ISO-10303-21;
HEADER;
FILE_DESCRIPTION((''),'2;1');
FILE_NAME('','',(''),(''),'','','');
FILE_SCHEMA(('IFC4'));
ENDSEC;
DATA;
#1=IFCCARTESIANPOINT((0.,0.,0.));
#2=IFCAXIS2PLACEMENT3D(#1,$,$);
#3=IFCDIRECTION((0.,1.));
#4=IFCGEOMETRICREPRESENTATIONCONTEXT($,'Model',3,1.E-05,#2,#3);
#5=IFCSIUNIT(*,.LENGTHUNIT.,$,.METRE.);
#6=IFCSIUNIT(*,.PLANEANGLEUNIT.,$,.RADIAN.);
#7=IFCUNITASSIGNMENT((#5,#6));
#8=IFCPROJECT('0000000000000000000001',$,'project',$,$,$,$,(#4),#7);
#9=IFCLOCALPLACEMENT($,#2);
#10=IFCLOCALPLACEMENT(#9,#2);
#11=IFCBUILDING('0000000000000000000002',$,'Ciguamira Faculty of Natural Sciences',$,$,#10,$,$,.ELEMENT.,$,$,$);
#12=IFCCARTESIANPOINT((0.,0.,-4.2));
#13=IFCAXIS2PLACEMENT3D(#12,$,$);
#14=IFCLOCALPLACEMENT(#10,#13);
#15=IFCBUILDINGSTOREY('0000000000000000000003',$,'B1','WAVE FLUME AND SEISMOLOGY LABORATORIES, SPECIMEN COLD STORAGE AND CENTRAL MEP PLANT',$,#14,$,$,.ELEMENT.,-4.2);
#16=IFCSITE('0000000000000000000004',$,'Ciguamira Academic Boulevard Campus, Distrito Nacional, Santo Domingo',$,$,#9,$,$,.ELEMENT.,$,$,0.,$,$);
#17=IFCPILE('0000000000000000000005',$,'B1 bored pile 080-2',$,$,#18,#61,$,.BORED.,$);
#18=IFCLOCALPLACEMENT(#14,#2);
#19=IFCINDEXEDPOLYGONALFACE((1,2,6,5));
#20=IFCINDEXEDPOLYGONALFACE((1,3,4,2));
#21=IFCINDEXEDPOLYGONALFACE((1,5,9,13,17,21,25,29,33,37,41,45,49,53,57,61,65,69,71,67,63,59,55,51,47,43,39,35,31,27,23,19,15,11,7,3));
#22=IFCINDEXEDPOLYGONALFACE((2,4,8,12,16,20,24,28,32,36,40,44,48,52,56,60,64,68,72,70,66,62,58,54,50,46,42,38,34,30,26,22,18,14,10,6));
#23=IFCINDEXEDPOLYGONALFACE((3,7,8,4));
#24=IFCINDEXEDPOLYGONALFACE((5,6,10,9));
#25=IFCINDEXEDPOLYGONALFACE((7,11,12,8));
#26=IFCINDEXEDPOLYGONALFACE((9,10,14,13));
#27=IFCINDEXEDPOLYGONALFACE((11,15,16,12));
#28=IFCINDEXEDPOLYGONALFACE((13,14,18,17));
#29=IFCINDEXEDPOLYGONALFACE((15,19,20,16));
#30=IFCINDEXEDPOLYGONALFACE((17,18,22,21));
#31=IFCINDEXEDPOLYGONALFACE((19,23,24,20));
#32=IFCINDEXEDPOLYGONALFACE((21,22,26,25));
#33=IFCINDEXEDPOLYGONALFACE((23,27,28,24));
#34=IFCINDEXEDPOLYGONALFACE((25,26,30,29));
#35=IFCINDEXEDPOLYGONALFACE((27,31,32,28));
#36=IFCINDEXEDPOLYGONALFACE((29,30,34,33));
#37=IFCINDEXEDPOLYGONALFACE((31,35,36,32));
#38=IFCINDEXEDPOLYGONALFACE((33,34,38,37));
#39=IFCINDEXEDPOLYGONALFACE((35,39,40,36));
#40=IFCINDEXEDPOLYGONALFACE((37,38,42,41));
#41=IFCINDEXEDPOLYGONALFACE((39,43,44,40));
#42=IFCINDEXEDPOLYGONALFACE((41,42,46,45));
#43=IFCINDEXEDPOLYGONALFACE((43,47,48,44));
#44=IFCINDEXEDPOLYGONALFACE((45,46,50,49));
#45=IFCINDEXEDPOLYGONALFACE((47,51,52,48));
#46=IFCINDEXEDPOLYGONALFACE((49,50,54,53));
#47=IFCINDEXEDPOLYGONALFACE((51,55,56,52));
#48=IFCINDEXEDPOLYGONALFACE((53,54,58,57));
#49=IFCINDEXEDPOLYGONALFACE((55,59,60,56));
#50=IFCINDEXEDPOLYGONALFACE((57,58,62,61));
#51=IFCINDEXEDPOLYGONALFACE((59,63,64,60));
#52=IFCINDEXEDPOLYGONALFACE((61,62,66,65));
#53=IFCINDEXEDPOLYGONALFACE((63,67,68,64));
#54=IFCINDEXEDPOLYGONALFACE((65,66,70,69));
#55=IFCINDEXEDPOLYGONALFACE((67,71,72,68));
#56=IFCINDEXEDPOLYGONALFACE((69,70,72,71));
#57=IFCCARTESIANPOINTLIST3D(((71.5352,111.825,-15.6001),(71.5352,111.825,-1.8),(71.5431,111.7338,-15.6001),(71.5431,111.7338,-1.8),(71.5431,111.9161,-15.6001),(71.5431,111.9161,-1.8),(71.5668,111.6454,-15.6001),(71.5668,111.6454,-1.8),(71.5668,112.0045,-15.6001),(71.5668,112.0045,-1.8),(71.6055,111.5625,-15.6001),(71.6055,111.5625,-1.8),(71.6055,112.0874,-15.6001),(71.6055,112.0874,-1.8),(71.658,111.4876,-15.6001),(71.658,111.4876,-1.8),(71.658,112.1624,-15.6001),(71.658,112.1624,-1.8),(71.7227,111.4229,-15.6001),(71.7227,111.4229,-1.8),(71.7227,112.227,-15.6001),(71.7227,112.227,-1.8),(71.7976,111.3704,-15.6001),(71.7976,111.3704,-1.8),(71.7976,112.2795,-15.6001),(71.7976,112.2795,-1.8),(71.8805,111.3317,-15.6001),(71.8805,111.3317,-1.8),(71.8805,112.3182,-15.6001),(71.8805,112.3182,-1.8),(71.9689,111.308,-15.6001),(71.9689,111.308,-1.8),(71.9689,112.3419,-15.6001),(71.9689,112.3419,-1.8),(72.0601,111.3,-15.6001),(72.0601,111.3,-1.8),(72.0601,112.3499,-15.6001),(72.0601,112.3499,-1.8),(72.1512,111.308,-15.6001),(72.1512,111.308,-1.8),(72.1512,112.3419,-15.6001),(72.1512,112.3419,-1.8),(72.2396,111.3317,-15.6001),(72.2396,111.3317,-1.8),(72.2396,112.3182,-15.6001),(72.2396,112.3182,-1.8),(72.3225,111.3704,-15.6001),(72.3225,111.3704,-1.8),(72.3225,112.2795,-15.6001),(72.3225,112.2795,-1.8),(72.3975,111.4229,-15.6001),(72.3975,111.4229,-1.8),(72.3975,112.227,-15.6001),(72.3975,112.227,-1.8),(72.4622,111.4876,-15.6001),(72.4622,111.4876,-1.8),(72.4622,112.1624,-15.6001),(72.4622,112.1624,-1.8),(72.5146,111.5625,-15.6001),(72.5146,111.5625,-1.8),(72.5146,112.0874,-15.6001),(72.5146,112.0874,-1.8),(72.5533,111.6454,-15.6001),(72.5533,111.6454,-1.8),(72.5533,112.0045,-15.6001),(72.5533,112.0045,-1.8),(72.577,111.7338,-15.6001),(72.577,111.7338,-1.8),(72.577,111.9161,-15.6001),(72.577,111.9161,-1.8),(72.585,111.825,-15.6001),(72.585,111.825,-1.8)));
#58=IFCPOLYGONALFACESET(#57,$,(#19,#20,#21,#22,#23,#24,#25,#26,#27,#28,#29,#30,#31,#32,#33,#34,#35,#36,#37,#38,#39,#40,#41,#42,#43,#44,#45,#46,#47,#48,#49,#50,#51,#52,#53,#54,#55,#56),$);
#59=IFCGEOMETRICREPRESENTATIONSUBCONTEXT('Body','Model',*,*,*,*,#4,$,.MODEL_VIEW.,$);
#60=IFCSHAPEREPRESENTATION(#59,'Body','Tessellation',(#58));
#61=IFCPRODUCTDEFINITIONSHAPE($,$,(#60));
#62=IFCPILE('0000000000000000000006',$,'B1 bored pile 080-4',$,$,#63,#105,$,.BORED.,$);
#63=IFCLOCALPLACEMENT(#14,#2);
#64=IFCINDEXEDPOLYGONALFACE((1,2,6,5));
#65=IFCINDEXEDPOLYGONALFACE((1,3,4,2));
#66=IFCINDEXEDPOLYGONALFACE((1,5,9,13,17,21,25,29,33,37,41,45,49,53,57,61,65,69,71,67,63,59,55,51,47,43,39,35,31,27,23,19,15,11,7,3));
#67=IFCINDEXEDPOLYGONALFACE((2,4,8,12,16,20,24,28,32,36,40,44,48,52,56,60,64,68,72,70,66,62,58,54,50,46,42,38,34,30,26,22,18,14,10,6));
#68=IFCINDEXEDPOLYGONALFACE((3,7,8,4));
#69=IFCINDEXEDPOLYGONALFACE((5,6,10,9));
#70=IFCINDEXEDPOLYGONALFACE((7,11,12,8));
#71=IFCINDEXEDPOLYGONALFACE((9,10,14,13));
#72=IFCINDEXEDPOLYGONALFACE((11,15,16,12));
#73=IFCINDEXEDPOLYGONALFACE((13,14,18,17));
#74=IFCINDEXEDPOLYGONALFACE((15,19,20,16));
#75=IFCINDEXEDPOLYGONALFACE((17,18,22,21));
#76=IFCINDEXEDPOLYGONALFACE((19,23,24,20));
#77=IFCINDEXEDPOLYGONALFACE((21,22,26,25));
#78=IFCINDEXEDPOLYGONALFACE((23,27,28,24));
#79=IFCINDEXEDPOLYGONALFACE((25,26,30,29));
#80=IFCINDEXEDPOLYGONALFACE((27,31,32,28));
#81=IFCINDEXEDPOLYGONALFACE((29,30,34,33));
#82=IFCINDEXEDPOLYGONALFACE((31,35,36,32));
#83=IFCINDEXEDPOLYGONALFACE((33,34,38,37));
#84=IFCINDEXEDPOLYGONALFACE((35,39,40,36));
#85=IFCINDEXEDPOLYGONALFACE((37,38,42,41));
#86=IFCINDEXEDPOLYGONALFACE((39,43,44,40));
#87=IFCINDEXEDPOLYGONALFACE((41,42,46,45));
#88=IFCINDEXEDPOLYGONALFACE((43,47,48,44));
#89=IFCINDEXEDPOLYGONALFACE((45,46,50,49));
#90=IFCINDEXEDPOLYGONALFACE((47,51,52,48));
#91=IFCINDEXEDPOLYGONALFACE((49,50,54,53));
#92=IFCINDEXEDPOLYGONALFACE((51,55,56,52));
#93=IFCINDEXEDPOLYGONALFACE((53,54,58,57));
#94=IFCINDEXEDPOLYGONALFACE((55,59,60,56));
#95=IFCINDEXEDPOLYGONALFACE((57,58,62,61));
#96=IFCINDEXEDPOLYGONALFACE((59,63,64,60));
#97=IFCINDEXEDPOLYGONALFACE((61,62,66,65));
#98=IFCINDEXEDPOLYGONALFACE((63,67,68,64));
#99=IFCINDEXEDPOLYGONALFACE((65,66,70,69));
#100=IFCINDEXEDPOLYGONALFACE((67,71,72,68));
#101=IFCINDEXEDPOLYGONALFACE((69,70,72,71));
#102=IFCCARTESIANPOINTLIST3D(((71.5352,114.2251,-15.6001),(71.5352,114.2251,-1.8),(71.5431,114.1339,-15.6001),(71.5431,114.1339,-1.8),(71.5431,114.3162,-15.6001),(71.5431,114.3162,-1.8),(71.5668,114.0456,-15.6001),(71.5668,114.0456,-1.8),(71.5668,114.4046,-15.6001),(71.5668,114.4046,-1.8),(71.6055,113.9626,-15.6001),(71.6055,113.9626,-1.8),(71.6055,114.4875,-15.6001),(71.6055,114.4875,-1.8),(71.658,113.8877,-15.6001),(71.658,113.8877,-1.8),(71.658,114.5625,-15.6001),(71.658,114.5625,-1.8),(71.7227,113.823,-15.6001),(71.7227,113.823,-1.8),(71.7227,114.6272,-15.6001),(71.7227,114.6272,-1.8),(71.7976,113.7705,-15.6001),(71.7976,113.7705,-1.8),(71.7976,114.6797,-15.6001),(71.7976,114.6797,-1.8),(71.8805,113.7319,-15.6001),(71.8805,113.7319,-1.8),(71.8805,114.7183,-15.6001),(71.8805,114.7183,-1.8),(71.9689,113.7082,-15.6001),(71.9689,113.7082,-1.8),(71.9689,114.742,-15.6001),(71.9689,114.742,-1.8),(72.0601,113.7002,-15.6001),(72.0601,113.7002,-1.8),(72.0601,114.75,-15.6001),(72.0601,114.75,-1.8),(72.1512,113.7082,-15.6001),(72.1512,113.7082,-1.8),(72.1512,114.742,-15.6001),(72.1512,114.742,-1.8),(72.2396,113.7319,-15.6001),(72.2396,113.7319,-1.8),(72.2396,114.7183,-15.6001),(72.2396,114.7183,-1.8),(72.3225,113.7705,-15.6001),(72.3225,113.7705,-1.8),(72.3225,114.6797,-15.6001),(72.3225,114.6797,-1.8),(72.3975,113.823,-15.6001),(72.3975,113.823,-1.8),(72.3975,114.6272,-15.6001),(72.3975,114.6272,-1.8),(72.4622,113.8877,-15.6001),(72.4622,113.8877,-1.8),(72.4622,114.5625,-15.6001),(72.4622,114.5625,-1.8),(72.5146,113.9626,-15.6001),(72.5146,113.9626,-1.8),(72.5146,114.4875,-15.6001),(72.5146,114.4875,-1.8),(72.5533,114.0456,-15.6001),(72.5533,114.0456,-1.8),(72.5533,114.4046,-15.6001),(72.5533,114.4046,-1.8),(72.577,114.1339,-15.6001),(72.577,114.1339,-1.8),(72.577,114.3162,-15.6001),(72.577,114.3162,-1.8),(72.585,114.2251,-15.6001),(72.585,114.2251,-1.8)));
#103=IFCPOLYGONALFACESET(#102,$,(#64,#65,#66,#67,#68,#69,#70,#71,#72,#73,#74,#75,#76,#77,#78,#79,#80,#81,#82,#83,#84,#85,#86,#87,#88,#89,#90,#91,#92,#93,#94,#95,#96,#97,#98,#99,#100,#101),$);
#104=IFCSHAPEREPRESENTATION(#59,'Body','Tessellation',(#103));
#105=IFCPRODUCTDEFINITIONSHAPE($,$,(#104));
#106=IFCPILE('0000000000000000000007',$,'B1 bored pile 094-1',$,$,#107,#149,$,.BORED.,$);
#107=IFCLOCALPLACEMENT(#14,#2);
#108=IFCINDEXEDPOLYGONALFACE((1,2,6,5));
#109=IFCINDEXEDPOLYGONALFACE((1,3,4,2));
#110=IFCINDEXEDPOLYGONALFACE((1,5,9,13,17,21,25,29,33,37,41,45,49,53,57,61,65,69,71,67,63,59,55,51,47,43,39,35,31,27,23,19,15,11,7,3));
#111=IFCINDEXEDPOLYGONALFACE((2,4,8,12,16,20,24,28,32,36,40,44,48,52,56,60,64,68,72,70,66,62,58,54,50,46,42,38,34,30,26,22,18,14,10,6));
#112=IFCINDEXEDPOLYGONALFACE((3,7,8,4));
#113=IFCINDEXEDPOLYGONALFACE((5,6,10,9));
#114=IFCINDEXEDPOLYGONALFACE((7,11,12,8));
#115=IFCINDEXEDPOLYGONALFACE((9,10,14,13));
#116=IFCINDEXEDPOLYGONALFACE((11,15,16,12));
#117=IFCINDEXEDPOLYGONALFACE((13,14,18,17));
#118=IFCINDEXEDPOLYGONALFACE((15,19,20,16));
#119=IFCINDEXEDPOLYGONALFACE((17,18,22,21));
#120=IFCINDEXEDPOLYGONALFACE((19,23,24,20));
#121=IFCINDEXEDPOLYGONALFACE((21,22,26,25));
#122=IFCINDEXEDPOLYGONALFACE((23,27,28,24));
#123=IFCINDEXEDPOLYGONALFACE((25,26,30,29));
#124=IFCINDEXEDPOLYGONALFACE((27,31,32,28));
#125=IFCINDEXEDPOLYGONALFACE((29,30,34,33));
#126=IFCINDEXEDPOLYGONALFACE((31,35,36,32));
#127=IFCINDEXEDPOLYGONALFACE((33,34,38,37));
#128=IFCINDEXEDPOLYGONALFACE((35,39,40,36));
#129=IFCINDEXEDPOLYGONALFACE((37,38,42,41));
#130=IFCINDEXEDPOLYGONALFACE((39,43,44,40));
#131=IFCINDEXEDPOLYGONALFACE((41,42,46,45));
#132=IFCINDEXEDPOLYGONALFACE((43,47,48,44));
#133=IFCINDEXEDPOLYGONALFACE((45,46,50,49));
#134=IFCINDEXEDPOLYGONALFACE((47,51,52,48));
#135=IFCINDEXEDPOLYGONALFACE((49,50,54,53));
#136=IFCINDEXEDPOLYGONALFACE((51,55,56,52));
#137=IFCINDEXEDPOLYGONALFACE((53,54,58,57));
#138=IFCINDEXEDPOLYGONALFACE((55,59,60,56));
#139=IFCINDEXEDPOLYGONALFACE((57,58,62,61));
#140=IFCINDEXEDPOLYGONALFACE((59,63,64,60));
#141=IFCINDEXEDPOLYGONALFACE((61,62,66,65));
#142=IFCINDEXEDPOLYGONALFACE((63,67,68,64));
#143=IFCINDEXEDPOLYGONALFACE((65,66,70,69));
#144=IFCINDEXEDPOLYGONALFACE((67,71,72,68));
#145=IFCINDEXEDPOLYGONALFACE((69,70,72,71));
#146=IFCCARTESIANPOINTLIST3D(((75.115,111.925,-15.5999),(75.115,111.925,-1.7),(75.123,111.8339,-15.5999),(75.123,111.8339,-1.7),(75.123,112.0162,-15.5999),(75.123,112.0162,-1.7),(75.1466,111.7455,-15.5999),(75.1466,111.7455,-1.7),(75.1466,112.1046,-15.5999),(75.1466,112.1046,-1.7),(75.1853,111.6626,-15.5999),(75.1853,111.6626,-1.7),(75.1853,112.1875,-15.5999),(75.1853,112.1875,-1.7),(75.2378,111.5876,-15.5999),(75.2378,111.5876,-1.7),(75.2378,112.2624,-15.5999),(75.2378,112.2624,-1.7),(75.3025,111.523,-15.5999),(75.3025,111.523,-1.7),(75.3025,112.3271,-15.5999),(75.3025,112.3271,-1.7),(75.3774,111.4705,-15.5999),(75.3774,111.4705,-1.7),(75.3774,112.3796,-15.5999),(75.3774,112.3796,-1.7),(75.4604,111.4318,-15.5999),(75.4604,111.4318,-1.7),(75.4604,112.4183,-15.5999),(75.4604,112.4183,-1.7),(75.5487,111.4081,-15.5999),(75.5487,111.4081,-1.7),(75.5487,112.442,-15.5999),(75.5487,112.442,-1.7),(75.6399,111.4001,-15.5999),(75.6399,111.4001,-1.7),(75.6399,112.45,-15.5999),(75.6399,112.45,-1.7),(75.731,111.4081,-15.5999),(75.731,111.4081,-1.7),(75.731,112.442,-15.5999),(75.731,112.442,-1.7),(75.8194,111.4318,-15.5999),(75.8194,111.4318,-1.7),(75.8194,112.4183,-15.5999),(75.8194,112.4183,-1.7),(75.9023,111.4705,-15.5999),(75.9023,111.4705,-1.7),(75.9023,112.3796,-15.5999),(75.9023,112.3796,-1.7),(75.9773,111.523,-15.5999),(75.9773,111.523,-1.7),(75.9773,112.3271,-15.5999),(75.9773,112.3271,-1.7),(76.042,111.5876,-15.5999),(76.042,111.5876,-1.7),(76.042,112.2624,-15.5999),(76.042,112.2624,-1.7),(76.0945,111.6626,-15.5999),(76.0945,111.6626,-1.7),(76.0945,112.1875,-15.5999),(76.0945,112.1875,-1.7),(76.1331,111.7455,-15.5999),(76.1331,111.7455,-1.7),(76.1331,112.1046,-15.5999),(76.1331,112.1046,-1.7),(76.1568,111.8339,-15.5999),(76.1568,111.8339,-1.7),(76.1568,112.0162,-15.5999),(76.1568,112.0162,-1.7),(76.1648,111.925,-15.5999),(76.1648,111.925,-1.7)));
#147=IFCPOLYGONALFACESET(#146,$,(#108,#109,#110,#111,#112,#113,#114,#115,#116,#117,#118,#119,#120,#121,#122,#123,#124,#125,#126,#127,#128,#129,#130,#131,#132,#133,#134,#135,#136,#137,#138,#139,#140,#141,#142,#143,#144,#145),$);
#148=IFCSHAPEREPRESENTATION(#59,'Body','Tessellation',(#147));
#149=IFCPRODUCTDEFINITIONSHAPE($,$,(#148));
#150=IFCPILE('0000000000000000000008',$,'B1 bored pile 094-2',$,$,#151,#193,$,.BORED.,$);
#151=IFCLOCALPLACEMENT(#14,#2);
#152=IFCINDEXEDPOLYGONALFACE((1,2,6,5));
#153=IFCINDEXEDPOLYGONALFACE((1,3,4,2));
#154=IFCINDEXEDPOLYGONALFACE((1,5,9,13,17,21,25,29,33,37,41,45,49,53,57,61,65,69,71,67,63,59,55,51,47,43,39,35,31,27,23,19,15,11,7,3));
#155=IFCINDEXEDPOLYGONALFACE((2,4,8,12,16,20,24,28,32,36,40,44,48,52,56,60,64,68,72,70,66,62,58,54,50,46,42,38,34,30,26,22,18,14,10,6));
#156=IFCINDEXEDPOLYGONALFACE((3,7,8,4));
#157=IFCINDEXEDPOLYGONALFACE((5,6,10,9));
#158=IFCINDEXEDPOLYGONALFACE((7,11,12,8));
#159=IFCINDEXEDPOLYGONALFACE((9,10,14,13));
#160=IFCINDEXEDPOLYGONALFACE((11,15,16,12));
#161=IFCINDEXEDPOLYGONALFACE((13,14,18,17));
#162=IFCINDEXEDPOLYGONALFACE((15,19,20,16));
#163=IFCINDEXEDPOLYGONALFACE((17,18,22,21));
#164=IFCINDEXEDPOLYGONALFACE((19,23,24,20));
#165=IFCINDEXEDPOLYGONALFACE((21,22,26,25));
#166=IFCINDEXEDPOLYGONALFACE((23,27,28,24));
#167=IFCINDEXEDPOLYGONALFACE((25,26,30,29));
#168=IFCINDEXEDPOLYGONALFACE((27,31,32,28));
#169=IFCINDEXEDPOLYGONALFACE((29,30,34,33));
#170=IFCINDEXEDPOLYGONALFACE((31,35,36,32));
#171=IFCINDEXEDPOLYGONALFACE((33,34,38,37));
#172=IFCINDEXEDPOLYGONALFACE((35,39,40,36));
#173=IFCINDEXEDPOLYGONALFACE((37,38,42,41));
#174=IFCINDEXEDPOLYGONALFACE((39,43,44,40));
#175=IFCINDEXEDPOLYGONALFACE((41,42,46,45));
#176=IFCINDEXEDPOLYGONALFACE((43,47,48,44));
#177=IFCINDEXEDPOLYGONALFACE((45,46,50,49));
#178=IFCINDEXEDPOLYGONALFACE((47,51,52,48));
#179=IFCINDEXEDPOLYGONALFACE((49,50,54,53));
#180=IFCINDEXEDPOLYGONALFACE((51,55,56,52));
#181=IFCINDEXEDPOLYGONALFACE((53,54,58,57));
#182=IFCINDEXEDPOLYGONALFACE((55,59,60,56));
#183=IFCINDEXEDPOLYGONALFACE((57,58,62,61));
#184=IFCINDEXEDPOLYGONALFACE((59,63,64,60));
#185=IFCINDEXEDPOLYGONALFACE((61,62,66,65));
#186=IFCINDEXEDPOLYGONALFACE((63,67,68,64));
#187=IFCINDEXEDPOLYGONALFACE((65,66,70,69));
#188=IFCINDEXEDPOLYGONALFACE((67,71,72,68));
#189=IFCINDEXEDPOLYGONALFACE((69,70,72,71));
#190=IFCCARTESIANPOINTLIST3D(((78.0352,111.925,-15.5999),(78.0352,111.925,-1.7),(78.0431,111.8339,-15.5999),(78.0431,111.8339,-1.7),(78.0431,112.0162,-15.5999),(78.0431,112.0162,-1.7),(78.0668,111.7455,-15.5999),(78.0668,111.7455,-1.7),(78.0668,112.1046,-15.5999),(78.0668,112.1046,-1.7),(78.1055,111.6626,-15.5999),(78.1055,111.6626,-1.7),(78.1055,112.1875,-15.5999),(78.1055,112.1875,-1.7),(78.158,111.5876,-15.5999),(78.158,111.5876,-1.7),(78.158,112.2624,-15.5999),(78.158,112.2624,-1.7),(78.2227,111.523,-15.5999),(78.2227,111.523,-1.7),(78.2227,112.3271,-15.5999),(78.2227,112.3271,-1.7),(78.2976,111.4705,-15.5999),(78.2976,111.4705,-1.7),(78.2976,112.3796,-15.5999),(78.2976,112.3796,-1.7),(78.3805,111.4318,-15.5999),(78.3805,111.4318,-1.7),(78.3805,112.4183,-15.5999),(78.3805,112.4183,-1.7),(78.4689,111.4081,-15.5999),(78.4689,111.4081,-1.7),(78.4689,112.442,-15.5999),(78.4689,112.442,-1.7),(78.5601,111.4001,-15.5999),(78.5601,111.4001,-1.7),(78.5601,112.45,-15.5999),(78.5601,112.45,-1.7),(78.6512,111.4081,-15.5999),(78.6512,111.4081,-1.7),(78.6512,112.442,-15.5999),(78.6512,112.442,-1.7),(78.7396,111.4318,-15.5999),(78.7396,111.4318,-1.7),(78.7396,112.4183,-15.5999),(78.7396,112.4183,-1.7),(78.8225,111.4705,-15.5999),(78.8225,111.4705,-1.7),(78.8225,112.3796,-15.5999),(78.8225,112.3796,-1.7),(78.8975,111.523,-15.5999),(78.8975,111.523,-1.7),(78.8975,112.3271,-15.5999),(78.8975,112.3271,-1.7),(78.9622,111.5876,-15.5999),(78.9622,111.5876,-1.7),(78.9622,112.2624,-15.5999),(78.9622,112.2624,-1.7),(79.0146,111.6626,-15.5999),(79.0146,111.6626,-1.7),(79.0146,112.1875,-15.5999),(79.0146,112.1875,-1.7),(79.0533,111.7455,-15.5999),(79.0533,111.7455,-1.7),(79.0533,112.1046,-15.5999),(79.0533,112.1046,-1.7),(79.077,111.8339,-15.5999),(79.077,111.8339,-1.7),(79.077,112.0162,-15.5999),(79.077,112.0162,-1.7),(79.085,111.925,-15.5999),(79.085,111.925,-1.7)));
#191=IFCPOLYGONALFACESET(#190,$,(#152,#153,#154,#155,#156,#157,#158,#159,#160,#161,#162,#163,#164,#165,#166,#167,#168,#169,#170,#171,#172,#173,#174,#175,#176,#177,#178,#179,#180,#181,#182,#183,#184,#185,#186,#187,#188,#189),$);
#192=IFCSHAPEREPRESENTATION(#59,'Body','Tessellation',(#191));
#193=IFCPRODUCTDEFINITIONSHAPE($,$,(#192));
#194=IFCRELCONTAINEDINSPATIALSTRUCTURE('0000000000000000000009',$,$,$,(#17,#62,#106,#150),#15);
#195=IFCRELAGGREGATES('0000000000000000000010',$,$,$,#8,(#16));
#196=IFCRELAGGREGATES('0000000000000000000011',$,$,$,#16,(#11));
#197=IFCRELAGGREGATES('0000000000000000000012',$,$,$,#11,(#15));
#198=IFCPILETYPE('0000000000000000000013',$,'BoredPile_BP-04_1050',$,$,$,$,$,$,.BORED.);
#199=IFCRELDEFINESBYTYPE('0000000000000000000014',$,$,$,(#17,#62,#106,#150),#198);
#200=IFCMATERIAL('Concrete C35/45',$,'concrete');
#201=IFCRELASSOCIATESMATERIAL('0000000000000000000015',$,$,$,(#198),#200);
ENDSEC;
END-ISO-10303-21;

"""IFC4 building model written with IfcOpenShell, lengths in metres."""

from ifc_helpers import new_model, si_unit, direction, frame, origin, origin_2d, place, context, subcontext, project, spatial, circle, extrude, material, material_profile, profile_set, type_object, element, save


model = new_model("IFC4")

# Units and contexts
model_context = context("Model", 3, precision=1e-05, world=origin(), true_north=direction((0.0, 1.0)))
body_context = subcontext(model_context, "Body", "Model", "MODEL_VIEW")
ifc_project = project(units=[si_unit("LENGTHUNIT", "METRE"), si_unit("PLANEANGLEUNIT", "RADIAN")], contexts=[model_context])

# Site, building, storey
site_placement = place(None, origin())
site = spatial("IfcSite", under=ifc_project, at=site_placement, Name="Ciguamira Academic Boulevard Campus, Distrito Nacional, Santo Domingo", CompositionType="ELEMENT", RefElevation=0.0)
building_placement = place(site_placement, origin())
building = spatial("IfcBuilding", under=site, at=building_placement, Name="Ciguamira Faculty of Natural Sciences", CompositionType="ELEMENT")
storey_placement = place(building_placement, frame((0.0, 0.0, -4.2)))
storey = spatial("IfcBuildingStorey", under=building, at=storey_placement, Name="B1", Description="WAVE FLUME AND SEISMOLOGY LABORATORIES, SPECIMEN COLD STORAGE AND CENTRAL MEP PLANT", CompositionType="ELEMENT", Elevation=-4.2)

# Piles
ifc_material_1 = material(Name="Concrete C35/45", Category="concrete")
ifc_material_profile_1 = material_profile(ifc_material_1, circle(Radius=0.5249, at=origin_2d()), Name="PILE-BORED-1050")
ifc_profile_set_1 = profile_set([ifc_material_profile_1], Name="Concrete C35/45")
pile_type_1 = type_object("IfcPileType", Name="BoredPile_BP-04_1050", PredefinedType="BORED", material=ifc_profile_set_1)
for number, where, z_axis, x_axis, name in (
    (1, (72.0601, 111.825, -1.8), (0.0, 0.0, -1.0), (1.0, 0.0, 0.0), "B1 bored pile 080-2"),
    (2, (72.0601, 114.2251, -1.8), (0.0, 0.0, -1.0), (1.0, 0.0, 0.0), "B1 bored pile 080-4"),
):
    element("IfcPile", number, at=place(storey_placement, frame(where, z_axis=z_axis, x_axis=x_axis)), inside=storey, type_object=pile_type_1, Name=name, PredefinedType="BORED", context=body_context, shape_type="SweptSolid", body=[
        extrude(circle(Radius=0.5249, at=origin_2d()), origin(), (0.0, 0.0, 1.0), 13.8),
    ])
for number, where, z_axis, x_axis, name in (
    (3, (75.6399, 111.925, -1.7), (0.0, 0.0, -1.0), (1.0, 0.0, 0.0), "B1 bored pile 094-1"),
    (4, (78.5601, 111.925, -1.7), (0.0, 0.0, -1.0), (1.0, 0.0, 0.0), "B1 bored pile 094-2"),
):
    element("IfcPile", number, at=place(storey_placement, frame(where, z_axis=z_axis, x_axis=x_axis)), inside=storey, type_object=pile_type_1, Name=name, PredefinedType="BORED", context=body_context, shape_type="SweptSolid", body=[
        extrude(circle(Radius=0.5249, at=origin_2d()), origin(), (0.0, 0.0, 1.0), 13.8999),
    ])

save(model, "model.ifc")
